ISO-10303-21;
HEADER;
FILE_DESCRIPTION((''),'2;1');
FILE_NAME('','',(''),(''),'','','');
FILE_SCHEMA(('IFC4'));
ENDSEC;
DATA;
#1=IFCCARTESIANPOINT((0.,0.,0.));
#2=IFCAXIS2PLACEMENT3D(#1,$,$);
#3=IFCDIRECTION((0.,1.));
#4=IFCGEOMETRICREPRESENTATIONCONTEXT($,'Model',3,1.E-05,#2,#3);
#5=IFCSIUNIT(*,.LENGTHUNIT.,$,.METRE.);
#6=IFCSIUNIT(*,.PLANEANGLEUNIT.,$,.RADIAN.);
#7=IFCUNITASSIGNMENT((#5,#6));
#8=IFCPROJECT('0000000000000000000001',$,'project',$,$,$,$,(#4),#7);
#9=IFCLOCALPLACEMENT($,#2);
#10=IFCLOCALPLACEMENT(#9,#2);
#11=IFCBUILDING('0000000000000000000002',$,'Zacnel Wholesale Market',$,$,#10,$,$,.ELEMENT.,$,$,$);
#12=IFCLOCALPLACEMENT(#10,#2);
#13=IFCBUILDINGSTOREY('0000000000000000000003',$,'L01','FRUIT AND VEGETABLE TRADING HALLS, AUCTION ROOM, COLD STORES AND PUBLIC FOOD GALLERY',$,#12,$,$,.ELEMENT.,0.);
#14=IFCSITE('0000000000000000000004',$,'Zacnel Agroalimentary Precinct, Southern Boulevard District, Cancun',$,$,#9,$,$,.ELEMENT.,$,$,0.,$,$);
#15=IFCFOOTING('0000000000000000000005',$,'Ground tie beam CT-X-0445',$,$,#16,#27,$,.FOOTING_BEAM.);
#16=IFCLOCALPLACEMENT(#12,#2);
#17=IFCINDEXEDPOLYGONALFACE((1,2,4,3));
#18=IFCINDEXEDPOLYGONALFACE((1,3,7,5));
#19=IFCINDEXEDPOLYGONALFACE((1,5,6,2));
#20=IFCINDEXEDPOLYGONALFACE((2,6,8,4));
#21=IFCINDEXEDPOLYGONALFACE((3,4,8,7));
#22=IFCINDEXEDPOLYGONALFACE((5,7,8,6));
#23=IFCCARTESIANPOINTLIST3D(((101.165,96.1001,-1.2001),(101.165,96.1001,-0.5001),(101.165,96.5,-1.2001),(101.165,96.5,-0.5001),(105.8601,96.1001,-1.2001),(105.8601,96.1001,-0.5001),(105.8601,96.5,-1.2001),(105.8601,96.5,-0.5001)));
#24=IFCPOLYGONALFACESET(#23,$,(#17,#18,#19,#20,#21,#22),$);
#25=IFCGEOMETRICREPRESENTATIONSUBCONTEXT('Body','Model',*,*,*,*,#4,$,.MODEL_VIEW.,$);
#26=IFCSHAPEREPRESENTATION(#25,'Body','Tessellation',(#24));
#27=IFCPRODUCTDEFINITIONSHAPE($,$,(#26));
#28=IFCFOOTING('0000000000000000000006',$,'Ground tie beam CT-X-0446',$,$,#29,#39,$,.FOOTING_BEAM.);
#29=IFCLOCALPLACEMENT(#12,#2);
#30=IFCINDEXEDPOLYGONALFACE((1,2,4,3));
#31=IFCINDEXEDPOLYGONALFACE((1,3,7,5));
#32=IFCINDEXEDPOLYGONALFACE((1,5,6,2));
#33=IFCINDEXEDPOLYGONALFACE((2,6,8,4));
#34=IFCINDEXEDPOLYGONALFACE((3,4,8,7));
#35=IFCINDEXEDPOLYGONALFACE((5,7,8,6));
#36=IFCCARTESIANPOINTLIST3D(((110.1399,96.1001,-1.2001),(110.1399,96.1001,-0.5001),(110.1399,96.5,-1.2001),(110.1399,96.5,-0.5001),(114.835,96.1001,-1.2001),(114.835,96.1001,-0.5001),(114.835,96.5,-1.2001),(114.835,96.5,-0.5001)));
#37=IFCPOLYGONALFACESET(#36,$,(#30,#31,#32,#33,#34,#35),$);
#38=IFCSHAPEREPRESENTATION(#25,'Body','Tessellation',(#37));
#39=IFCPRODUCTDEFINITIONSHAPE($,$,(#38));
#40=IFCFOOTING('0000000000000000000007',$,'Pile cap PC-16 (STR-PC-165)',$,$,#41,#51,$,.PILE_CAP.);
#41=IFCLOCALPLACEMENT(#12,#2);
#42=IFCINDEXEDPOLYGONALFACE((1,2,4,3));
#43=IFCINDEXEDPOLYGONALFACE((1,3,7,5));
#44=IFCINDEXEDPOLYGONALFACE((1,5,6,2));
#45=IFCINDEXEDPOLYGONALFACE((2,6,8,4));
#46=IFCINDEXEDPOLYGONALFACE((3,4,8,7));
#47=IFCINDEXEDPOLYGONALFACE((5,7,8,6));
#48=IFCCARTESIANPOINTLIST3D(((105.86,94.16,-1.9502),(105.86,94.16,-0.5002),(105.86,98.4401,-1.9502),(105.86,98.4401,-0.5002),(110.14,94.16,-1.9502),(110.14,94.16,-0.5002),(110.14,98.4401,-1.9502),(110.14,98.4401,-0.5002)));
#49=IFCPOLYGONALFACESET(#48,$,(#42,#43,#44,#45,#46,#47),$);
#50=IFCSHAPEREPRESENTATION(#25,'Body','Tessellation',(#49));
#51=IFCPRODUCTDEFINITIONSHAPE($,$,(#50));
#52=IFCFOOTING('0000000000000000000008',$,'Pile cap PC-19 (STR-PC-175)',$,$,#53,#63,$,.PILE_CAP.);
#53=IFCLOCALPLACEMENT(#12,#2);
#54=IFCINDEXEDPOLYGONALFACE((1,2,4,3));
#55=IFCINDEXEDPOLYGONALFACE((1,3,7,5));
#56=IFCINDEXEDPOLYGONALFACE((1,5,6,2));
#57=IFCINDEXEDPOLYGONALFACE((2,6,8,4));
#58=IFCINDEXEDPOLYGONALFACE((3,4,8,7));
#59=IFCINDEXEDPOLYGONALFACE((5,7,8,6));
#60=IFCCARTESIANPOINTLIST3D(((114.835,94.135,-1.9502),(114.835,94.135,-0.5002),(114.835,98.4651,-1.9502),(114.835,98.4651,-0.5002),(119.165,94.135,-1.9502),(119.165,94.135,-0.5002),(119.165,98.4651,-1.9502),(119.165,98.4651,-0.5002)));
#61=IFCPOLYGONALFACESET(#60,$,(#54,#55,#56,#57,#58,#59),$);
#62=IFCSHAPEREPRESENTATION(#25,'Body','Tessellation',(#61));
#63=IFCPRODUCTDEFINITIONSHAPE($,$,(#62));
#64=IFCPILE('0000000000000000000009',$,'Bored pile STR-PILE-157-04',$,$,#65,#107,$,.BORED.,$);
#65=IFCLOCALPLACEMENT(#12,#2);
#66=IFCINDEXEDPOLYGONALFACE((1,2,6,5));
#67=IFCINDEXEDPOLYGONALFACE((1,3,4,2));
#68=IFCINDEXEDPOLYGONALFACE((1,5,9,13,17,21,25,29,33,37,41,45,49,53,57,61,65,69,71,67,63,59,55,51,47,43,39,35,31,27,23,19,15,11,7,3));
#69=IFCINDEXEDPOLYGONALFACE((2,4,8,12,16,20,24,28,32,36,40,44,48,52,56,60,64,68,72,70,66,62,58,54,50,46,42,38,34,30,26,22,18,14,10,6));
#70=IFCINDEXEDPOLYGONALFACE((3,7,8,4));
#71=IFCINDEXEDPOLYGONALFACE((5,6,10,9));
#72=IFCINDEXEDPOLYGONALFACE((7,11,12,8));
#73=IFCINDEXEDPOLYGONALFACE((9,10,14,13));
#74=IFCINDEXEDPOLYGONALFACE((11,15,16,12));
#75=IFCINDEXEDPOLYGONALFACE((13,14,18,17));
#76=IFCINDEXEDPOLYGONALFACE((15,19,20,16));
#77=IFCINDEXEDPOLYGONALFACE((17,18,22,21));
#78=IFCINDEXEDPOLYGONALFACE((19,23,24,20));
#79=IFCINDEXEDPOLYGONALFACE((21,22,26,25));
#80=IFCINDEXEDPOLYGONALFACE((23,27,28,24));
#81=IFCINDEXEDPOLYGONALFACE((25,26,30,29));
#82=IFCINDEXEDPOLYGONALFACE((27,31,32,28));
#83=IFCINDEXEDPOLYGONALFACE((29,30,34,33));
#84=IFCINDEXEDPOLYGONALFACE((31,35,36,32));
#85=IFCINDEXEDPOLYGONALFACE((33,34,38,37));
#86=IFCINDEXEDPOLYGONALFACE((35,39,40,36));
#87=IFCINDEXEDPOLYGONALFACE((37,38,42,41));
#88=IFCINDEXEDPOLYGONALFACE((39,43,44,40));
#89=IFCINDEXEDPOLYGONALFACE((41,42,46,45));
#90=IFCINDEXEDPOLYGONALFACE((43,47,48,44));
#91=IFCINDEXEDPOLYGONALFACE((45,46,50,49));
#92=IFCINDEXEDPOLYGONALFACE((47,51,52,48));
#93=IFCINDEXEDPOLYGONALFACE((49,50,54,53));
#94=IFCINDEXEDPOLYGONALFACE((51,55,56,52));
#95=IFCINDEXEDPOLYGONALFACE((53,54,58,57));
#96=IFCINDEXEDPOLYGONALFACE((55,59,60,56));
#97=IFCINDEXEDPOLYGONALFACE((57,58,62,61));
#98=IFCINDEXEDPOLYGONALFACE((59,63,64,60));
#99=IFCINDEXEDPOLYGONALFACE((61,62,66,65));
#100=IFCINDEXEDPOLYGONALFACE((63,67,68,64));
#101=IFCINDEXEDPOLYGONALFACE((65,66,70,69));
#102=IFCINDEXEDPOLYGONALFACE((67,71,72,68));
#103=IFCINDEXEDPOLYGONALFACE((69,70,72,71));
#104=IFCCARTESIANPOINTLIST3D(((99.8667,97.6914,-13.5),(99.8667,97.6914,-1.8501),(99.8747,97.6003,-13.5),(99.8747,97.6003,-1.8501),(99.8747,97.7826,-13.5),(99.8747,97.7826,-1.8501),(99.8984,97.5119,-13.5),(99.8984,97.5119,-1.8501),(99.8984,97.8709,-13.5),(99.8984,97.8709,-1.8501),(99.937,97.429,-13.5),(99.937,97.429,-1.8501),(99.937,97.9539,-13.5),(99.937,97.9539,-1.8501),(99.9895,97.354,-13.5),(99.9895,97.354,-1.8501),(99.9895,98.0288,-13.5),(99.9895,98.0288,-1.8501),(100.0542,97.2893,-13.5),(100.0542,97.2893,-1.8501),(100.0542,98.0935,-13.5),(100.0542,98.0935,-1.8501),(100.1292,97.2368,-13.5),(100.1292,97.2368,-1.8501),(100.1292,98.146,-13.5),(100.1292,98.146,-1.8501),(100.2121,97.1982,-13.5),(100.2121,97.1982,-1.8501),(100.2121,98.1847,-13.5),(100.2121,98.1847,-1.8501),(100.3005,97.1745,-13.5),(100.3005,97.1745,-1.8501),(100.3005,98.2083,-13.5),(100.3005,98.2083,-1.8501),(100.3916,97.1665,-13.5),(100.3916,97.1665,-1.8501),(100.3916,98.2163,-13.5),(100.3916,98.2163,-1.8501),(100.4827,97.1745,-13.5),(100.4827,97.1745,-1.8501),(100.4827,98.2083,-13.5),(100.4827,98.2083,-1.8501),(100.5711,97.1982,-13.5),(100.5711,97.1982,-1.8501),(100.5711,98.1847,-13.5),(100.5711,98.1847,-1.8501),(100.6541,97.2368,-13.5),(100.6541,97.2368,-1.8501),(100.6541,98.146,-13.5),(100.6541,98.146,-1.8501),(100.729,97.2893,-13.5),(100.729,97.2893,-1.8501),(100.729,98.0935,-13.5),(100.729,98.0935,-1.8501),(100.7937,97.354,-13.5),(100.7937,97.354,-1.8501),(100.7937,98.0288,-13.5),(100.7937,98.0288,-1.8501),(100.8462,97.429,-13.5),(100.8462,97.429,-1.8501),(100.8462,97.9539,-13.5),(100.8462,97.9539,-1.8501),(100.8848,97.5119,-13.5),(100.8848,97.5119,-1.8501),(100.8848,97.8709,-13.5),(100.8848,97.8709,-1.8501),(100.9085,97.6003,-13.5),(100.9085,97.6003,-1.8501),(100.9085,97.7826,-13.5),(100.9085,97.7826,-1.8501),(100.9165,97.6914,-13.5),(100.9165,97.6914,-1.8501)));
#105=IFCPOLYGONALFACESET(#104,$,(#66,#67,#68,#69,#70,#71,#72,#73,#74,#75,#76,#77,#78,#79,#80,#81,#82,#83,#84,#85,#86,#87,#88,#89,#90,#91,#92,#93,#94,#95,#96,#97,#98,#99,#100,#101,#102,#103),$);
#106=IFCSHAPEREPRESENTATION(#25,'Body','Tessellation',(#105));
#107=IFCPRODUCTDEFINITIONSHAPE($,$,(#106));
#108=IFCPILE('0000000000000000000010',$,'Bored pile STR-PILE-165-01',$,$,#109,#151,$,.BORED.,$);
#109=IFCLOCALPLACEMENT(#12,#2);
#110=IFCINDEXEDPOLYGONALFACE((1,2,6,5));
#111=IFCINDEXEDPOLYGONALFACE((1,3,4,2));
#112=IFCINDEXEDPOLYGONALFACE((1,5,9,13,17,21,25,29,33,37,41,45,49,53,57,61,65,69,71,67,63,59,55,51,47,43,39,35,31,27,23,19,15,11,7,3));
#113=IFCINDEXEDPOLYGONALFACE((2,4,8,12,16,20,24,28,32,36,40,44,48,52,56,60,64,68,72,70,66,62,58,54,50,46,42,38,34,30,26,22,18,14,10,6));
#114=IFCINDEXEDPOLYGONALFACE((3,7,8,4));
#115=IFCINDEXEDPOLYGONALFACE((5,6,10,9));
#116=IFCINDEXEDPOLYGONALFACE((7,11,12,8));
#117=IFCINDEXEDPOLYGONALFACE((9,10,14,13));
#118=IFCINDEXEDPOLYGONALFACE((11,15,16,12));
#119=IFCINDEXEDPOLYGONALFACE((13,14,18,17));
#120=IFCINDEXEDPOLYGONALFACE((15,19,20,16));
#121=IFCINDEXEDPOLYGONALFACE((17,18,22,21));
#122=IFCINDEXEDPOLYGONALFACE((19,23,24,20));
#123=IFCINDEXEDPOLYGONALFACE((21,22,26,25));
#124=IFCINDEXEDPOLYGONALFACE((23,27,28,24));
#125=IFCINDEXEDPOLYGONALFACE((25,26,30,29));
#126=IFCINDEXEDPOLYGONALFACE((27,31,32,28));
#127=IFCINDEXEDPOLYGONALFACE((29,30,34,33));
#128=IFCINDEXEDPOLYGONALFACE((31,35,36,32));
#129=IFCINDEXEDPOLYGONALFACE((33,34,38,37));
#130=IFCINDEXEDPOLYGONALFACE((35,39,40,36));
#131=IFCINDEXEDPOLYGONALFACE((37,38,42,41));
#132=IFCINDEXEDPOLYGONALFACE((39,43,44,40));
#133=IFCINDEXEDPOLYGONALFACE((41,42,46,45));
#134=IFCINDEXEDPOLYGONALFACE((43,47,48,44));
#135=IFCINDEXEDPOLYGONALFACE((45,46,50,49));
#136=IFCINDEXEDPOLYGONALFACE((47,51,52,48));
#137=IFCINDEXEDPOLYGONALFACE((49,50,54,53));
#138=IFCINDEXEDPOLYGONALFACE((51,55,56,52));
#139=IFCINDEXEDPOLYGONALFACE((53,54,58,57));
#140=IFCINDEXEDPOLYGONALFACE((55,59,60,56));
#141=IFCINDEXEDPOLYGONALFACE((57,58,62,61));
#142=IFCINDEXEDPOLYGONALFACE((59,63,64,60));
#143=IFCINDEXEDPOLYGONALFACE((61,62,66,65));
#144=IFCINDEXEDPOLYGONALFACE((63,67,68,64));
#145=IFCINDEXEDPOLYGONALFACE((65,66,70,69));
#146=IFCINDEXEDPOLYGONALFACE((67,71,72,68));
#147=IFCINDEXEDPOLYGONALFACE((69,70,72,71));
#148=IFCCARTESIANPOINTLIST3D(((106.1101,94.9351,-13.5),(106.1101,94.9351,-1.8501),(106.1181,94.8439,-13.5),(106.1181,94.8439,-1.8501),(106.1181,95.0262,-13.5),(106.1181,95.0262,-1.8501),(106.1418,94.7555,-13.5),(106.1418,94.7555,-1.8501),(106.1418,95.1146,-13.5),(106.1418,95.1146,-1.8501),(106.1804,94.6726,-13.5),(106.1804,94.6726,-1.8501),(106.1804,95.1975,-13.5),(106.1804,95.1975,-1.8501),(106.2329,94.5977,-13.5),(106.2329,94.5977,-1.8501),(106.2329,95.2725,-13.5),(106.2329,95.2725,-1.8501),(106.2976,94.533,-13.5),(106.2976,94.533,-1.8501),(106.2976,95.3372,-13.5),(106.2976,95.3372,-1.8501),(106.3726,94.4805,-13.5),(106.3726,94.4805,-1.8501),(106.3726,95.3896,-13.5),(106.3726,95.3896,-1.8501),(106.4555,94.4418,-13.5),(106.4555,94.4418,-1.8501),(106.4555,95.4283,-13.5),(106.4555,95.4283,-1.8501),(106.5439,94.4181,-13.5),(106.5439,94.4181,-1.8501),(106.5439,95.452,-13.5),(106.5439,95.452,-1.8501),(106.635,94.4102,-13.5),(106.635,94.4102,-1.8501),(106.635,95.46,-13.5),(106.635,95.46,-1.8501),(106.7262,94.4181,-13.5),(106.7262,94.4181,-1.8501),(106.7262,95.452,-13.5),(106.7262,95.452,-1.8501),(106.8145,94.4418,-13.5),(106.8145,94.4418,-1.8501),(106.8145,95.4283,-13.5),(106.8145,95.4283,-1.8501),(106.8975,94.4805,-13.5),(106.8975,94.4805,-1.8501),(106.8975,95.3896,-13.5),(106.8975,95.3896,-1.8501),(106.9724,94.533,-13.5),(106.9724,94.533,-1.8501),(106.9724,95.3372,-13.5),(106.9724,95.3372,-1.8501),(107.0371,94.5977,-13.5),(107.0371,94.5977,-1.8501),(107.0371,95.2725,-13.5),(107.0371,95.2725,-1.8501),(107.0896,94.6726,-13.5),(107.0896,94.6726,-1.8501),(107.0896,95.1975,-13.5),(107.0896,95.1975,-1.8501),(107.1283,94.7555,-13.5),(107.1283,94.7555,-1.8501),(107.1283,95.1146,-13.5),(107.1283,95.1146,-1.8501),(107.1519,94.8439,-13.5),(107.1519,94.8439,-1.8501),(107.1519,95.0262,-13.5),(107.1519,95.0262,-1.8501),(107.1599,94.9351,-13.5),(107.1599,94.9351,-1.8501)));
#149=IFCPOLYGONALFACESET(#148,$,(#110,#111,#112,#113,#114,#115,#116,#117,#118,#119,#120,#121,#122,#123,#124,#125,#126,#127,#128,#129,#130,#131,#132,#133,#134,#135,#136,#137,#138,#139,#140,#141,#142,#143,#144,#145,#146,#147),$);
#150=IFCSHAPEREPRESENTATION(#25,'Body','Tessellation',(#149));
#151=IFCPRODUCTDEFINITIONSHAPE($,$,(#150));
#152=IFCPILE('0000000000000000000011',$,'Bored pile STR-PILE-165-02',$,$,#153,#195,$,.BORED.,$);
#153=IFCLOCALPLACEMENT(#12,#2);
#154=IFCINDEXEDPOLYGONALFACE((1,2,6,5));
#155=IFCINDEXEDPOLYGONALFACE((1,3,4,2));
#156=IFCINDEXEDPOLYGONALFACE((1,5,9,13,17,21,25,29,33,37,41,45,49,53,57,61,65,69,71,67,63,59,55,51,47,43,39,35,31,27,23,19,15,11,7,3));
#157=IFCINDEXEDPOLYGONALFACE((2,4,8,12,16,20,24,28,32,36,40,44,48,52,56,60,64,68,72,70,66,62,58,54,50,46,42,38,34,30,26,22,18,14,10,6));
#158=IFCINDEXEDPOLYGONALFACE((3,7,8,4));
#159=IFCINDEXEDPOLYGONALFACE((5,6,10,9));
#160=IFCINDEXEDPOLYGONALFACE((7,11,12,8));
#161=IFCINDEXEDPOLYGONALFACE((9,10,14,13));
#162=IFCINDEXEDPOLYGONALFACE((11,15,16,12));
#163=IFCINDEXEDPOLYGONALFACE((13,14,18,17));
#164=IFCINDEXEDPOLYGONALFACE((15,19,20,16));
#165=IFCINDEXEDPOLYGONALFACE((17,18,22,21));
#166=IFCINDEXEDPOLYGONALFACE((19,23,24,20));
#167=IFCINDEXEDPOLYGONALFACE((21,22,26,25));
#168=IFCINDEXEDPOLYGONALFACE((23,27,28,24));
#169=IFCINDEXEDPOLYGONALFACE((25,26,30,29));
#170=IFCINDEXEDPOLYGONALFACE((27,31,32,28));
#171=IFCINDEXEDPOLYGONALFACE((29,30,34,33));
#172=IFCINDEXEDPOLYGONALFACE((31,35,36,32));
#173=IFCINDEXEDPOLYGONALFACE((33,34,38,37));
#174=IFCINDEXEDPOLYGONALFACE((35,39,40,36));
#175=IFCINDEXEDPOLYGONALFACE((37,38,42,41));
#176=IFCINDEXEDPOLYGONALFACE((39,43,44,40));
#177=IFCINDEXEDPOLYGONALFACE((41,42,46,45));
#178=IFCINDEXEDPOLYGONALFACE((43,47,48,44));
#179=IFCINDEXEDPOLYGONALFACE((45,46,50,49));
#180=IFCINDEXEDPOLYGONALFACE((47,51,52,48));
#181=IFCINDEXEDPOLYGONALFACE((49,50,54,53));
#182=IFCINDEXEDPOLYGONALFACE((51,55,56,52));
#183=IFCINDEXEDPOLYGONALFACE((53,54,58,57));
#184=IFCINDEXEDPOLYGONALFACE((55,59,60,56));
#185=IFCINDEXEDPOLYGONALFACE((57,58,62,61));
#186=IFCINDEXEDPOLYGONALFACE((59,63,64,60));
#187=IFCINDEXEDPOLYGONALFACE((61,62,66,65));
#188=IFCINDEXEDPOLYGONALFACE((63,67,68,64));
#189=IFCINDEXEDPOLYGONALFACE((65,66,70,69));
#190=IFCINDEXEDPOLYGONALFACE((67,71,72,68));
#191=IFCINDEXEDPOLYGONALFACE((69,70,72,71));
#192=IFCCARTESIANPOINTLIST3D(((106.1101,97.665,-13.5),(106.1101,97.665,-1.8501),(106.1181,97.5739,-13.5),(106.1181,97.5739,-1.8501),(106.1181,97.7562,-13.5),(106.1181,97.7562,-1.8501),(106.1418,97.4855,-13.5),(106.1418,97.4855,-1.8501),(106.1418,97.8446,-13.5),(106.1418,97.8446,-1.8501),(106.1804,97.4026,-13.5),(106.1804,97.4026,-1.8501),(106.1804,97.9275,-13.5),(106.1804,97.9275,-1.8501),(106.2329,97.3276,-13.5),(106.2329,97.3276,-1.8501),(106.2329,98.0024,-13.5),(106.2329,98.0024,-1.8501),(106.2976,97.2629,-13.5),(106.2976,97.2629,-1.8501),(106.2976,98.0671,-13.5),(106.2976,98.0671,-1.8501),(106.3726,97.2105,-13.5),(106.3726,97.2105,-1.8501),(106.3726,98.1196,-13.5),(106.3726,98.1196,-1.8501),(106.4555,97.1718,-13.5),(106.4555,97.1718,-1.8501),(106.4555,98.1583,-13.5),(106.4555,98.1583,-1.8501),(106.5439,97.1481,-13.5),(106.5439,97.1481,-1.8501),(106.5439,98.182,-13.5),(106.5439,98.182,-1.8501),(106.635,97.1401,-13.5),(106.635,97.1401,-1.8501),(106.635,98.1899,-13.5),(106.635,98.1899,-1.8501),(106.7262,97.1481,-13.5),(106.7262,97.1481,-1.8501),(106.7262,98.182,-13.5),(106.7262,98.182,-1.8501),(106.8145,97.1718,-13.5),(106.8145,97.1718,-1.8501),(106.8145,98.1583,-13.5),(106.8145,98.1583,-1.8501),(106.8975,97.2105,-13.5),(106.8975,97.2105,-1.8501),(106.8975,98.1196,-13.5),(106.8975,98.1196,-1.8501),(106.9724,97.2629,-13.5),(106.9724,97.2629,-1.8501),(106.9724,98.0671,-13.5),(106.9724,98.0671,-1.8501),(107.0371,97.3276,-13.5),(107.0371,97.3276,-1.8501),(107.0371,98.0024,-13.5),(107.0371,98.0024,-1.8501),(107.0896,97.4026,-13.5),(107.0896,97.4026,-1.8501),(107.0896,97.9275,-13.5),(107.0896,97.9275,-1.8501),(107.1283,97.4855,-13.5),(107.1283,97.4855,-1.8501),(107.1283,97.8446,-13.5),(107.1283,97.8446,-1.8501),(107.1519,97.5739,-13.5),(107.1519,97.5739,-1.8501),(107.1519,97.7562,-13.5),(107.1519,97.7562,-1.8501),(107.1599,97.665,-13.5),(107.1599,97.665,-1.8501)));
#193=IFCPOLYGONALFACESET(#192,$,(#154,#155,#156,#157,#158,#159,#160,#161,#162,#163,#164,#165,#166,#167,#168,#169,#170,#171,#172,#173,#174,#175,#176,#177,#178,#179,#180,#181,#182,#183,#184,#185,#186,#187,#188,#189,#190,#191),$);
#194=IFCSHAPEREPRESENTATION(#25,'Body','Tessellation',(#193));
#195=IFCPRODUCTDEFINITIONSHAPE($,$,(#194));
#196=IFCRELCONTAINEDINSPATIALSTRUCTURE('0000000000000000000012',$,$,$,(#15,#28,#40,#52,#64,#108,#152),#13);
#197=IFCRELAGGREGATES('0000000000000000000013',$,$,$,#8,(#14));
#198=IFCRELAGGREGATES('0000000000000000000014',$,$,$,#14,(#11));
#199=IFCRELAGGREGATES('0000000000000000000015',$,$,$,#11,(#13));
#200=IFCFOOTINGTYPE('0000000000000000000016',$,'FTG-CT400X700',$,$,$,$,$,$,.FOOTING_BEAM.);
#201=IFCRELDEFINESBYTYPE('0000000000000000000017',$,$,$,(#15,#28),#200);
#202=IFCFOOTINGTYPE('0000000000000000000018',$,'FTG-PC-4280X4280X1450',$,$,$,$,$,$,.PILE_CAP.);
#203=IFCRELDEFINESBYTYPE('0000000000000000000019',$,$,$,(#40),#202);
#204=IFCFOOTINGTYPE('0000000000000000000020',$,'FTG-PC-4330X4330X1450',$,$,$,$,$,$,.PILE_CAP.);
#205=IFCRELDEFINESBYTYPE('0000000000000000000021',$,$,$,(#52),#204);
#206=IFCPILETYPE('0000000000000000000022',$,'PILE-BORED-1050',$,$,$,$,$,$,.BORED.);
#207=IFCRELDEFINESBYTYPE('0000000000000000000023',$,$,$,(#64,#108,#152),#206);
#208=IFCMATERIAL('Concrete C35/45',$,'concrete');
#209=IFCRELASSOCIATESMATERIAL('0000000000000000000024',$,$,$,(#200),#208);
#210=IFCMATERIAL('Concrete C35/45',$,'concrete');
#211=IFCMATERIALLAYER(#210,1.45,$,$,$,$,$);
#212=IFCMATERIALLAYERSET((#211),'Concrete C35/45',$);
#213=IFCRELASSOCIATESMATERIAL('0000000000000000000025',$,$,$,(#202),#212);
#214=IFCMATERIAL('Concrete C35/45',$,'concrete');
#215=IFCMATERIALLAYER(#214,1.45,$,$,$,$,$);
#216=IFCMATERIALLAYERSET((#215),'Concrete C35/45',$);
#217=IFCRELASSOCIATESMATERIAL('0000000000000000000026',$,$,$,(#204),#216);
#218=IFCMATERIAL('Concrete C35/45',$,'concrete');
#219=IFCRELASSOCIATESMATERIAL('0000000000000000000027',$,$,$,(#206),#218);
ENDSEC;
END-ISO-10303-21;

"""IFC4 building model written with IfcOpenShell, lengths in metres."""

from ifc_helpers import new_model, si_unit, direction, frame, origin, origin_2d, place, context, subcontext, project, spatial, rectangle, circle, extrude, material, layer, layer_set, material_profile, profile_set, type_object, element, save


model = new_model("IFC4")

# Units and contexts
model_context = context("Model", 3, precision=1e-05, world=origin(), true_north=direction((0.0, 1.0)))
body_context = subcontext(model_context, "Body", "Model", "MODEL_VIEW")
ifc_project = project(units=[si_unit("LENGTHUNIT", "METRE"), si_unit("PLANEANGLEUNIT", "RADIAN")], contexts=[model_context])

# Site, building, storey
site_placement = place(None, origin())
site = spatial("IfcSite", under=ifc_project, at=site_placement, Name="Zacnel Agroalimentary Precinct, Southern Boulevard District, Cancun", CompositionType="ELEMENT", RefElevation=0.0)
building_placement = place(site_placement, origin())
building = spatial("IfcBuilding", under=site, at=building_placement, Name="Zacnel Wholesale Market", CompositionType="ELEMENT")
storey_placement = place(building_placement, origin())
storey = spatial("IfcBuildingStorey", under=building, at=storey_placement, Name="L01", Description="FRUIT AND VEGETABLE TRADING HALLS, AUCTION ROOM, COLD STORES AND PUBLIC FOOD GALLERY", CompositionType="ELEMENT", Elevation=0.0)

# Footings
ifc_material_1 = material(Name="Concrete C35/45", Category="concrete")
ifc_material_profile_1 = material_profile(ifc_material_1, rectangle(XDim=0.3999, YDim=0.7, at=origin_2d()), Name="CT 400x700")
ifc_profile_set_1 = profile_set([ifc_material_profile_1], Name="Concrete C35/45")
footing_type_1 = type_object("IfcFootingType", Name="FTG-CT400X700", PredefinedType="FOOTING_BEAM", material=ifc_profile_set_1)
for number, where, z_axis, x_axis, name in (
    (1, (101.165, 96.3, -0.8501), (1.0, 0.0, 0.0), (0.0, 1.0, 0.0), "Ground tie beam CT-X-0445"),
    (2, (110.1399, 96.3, -0.8501), (1.0, 0.0, 0.0), (0.0, 1.0, 0.0), "Ground tie beam CT-X-0446"),
):
    element("IfcFooting", number, at=place(storey_placement, frame(where, z_axis=z_axis, x_axis=x_axis)), inside=storey, type_object=footing_type_1, Name=name, PredefinedType="FOOTING_BEAM", context=body_context, shape_type="SweptSolid", body=[
        extrude(rectangle(XDim=0.3999, YDim=0.7, at=origin_2d()), origin(), (0.0, 0.0, 1.0), 4.6951),
    ])
ifc_material_2 = material(Name="Concrete C35/45", Category="concrete")
ifc_layer_1 = layer(ifc_material_2, 1.45)
ifc_layer_set_1 = layer_set([ifc_layer_1], Name="Concrete C35/45")
footing_type_2 = type_object("IfcFootingType", Name="FTG-PC-4280X4280X1450", PredefinedType="PILE_CAP", material=ifc_layer_set_1)
footing_1_placement = place(storey_placement, frame((108.0, 96.3, -1.9502), z_axis=(0.0, 0.0, 1.0), x_axis=(1.0, 0.0, 0.0)))
element("IfcFooting", 3, at=footing_1_placement, inside=storey, type_object=footing_type_2, Name="Pile cap PC-16 (STR-PC-165)", PredefinedType="PILE_CAP", context=body_context, shape_type="SweptSolid", body=[
    extrude(rectangle(XDim=4.28, YDim=4.28, at=origin_2d()), origin(), (0.0, 0.0, 1.0), 1.45),
])
ifc_material_3 = material(Name="Concrete C35/45", Category="concrete")
ifc_layer_2 = layer(ifc_material_3, 1.45)
ifc_layer_set_2 = layer_set([ifc_layer_2], Name="Concrete C35/45")
footing_type_3 = type_object("IfcFootingType", Name="FTG-PC-4330X4330X1450", PredefinedType="PILE_CAP", material=ifc_layer_set_2)
footing_2_placement = place(storey_placement, frame((117.0, 96.3, -1.9502), z_axis=(0.0, 0.0, 1.0), x_axis=(1.0, 0.0, 0.0)))
element("IfcFooting", 4, at=footing_2_placement, inside=storey, type_object=footing_type_3, Name="Pile cap PC-19 (STR-PC-175)", PredefinedType="PILE_CAP", context=body_context, shape_type="SweptSolid", body=[
    extrude(rectangle(XDim=4.3301, YDim=4.3301, at=origin_2d()), origin(), (0.0, 0.0, 1.0), 1.45),
])

# Piles
ifc_material_4 = material(Name="Concrete C35/45", Category="concrete")
ifc_material_profile_2 = material_profile(ifc_material_4, circle(Radius=0.5249, at=origin_2d()), Name="BORED PILE D1050")
ifc_profile_set_2 = profile_set([ifc_material_profile_2], Name="Concrete C35/45")
pile_type = type_object("IfcPileType", Name="PILE-BORED-1050", PredefinedType="BORED", material=ifc_profile_set_2)
for number, where, z_axis, x_axis, name in (
    (5, (100.3916, 97.6914, -1.8501), (0.0, 0.0, -1.0), (1.0, 0.0, 0.0), "Bored pile STR-PILE-157-04"),
    (6, (106.635, 94.9351, -1.8501), (0.0, 0.0, -1.0), (1.0, 0.0, 0.0), "Bored pile STR-PILE-165-01"),
    (7, (106.635, 97.665, -1.8501), (0.0, 0.0, -1.0), (1.0, 0.0, 0.0), "Bored pile STR-PILE-165-02"),
):
    element("IfcPile", number, at=place(storey_placement, frame(where, z_axis=z_axis, x_axis=x_axis)), inside=storey, type_object=pile_type, Name=name, PredefinedType="BORED", context=body_context, shape_type="SweptSolid", body=[
        extrude(circle(Radius=0.5249, at=origin_2d()), origin(), (0.0, 0.0, 1.0), 11.6499),
    ])

save(model, "model.ifc")
